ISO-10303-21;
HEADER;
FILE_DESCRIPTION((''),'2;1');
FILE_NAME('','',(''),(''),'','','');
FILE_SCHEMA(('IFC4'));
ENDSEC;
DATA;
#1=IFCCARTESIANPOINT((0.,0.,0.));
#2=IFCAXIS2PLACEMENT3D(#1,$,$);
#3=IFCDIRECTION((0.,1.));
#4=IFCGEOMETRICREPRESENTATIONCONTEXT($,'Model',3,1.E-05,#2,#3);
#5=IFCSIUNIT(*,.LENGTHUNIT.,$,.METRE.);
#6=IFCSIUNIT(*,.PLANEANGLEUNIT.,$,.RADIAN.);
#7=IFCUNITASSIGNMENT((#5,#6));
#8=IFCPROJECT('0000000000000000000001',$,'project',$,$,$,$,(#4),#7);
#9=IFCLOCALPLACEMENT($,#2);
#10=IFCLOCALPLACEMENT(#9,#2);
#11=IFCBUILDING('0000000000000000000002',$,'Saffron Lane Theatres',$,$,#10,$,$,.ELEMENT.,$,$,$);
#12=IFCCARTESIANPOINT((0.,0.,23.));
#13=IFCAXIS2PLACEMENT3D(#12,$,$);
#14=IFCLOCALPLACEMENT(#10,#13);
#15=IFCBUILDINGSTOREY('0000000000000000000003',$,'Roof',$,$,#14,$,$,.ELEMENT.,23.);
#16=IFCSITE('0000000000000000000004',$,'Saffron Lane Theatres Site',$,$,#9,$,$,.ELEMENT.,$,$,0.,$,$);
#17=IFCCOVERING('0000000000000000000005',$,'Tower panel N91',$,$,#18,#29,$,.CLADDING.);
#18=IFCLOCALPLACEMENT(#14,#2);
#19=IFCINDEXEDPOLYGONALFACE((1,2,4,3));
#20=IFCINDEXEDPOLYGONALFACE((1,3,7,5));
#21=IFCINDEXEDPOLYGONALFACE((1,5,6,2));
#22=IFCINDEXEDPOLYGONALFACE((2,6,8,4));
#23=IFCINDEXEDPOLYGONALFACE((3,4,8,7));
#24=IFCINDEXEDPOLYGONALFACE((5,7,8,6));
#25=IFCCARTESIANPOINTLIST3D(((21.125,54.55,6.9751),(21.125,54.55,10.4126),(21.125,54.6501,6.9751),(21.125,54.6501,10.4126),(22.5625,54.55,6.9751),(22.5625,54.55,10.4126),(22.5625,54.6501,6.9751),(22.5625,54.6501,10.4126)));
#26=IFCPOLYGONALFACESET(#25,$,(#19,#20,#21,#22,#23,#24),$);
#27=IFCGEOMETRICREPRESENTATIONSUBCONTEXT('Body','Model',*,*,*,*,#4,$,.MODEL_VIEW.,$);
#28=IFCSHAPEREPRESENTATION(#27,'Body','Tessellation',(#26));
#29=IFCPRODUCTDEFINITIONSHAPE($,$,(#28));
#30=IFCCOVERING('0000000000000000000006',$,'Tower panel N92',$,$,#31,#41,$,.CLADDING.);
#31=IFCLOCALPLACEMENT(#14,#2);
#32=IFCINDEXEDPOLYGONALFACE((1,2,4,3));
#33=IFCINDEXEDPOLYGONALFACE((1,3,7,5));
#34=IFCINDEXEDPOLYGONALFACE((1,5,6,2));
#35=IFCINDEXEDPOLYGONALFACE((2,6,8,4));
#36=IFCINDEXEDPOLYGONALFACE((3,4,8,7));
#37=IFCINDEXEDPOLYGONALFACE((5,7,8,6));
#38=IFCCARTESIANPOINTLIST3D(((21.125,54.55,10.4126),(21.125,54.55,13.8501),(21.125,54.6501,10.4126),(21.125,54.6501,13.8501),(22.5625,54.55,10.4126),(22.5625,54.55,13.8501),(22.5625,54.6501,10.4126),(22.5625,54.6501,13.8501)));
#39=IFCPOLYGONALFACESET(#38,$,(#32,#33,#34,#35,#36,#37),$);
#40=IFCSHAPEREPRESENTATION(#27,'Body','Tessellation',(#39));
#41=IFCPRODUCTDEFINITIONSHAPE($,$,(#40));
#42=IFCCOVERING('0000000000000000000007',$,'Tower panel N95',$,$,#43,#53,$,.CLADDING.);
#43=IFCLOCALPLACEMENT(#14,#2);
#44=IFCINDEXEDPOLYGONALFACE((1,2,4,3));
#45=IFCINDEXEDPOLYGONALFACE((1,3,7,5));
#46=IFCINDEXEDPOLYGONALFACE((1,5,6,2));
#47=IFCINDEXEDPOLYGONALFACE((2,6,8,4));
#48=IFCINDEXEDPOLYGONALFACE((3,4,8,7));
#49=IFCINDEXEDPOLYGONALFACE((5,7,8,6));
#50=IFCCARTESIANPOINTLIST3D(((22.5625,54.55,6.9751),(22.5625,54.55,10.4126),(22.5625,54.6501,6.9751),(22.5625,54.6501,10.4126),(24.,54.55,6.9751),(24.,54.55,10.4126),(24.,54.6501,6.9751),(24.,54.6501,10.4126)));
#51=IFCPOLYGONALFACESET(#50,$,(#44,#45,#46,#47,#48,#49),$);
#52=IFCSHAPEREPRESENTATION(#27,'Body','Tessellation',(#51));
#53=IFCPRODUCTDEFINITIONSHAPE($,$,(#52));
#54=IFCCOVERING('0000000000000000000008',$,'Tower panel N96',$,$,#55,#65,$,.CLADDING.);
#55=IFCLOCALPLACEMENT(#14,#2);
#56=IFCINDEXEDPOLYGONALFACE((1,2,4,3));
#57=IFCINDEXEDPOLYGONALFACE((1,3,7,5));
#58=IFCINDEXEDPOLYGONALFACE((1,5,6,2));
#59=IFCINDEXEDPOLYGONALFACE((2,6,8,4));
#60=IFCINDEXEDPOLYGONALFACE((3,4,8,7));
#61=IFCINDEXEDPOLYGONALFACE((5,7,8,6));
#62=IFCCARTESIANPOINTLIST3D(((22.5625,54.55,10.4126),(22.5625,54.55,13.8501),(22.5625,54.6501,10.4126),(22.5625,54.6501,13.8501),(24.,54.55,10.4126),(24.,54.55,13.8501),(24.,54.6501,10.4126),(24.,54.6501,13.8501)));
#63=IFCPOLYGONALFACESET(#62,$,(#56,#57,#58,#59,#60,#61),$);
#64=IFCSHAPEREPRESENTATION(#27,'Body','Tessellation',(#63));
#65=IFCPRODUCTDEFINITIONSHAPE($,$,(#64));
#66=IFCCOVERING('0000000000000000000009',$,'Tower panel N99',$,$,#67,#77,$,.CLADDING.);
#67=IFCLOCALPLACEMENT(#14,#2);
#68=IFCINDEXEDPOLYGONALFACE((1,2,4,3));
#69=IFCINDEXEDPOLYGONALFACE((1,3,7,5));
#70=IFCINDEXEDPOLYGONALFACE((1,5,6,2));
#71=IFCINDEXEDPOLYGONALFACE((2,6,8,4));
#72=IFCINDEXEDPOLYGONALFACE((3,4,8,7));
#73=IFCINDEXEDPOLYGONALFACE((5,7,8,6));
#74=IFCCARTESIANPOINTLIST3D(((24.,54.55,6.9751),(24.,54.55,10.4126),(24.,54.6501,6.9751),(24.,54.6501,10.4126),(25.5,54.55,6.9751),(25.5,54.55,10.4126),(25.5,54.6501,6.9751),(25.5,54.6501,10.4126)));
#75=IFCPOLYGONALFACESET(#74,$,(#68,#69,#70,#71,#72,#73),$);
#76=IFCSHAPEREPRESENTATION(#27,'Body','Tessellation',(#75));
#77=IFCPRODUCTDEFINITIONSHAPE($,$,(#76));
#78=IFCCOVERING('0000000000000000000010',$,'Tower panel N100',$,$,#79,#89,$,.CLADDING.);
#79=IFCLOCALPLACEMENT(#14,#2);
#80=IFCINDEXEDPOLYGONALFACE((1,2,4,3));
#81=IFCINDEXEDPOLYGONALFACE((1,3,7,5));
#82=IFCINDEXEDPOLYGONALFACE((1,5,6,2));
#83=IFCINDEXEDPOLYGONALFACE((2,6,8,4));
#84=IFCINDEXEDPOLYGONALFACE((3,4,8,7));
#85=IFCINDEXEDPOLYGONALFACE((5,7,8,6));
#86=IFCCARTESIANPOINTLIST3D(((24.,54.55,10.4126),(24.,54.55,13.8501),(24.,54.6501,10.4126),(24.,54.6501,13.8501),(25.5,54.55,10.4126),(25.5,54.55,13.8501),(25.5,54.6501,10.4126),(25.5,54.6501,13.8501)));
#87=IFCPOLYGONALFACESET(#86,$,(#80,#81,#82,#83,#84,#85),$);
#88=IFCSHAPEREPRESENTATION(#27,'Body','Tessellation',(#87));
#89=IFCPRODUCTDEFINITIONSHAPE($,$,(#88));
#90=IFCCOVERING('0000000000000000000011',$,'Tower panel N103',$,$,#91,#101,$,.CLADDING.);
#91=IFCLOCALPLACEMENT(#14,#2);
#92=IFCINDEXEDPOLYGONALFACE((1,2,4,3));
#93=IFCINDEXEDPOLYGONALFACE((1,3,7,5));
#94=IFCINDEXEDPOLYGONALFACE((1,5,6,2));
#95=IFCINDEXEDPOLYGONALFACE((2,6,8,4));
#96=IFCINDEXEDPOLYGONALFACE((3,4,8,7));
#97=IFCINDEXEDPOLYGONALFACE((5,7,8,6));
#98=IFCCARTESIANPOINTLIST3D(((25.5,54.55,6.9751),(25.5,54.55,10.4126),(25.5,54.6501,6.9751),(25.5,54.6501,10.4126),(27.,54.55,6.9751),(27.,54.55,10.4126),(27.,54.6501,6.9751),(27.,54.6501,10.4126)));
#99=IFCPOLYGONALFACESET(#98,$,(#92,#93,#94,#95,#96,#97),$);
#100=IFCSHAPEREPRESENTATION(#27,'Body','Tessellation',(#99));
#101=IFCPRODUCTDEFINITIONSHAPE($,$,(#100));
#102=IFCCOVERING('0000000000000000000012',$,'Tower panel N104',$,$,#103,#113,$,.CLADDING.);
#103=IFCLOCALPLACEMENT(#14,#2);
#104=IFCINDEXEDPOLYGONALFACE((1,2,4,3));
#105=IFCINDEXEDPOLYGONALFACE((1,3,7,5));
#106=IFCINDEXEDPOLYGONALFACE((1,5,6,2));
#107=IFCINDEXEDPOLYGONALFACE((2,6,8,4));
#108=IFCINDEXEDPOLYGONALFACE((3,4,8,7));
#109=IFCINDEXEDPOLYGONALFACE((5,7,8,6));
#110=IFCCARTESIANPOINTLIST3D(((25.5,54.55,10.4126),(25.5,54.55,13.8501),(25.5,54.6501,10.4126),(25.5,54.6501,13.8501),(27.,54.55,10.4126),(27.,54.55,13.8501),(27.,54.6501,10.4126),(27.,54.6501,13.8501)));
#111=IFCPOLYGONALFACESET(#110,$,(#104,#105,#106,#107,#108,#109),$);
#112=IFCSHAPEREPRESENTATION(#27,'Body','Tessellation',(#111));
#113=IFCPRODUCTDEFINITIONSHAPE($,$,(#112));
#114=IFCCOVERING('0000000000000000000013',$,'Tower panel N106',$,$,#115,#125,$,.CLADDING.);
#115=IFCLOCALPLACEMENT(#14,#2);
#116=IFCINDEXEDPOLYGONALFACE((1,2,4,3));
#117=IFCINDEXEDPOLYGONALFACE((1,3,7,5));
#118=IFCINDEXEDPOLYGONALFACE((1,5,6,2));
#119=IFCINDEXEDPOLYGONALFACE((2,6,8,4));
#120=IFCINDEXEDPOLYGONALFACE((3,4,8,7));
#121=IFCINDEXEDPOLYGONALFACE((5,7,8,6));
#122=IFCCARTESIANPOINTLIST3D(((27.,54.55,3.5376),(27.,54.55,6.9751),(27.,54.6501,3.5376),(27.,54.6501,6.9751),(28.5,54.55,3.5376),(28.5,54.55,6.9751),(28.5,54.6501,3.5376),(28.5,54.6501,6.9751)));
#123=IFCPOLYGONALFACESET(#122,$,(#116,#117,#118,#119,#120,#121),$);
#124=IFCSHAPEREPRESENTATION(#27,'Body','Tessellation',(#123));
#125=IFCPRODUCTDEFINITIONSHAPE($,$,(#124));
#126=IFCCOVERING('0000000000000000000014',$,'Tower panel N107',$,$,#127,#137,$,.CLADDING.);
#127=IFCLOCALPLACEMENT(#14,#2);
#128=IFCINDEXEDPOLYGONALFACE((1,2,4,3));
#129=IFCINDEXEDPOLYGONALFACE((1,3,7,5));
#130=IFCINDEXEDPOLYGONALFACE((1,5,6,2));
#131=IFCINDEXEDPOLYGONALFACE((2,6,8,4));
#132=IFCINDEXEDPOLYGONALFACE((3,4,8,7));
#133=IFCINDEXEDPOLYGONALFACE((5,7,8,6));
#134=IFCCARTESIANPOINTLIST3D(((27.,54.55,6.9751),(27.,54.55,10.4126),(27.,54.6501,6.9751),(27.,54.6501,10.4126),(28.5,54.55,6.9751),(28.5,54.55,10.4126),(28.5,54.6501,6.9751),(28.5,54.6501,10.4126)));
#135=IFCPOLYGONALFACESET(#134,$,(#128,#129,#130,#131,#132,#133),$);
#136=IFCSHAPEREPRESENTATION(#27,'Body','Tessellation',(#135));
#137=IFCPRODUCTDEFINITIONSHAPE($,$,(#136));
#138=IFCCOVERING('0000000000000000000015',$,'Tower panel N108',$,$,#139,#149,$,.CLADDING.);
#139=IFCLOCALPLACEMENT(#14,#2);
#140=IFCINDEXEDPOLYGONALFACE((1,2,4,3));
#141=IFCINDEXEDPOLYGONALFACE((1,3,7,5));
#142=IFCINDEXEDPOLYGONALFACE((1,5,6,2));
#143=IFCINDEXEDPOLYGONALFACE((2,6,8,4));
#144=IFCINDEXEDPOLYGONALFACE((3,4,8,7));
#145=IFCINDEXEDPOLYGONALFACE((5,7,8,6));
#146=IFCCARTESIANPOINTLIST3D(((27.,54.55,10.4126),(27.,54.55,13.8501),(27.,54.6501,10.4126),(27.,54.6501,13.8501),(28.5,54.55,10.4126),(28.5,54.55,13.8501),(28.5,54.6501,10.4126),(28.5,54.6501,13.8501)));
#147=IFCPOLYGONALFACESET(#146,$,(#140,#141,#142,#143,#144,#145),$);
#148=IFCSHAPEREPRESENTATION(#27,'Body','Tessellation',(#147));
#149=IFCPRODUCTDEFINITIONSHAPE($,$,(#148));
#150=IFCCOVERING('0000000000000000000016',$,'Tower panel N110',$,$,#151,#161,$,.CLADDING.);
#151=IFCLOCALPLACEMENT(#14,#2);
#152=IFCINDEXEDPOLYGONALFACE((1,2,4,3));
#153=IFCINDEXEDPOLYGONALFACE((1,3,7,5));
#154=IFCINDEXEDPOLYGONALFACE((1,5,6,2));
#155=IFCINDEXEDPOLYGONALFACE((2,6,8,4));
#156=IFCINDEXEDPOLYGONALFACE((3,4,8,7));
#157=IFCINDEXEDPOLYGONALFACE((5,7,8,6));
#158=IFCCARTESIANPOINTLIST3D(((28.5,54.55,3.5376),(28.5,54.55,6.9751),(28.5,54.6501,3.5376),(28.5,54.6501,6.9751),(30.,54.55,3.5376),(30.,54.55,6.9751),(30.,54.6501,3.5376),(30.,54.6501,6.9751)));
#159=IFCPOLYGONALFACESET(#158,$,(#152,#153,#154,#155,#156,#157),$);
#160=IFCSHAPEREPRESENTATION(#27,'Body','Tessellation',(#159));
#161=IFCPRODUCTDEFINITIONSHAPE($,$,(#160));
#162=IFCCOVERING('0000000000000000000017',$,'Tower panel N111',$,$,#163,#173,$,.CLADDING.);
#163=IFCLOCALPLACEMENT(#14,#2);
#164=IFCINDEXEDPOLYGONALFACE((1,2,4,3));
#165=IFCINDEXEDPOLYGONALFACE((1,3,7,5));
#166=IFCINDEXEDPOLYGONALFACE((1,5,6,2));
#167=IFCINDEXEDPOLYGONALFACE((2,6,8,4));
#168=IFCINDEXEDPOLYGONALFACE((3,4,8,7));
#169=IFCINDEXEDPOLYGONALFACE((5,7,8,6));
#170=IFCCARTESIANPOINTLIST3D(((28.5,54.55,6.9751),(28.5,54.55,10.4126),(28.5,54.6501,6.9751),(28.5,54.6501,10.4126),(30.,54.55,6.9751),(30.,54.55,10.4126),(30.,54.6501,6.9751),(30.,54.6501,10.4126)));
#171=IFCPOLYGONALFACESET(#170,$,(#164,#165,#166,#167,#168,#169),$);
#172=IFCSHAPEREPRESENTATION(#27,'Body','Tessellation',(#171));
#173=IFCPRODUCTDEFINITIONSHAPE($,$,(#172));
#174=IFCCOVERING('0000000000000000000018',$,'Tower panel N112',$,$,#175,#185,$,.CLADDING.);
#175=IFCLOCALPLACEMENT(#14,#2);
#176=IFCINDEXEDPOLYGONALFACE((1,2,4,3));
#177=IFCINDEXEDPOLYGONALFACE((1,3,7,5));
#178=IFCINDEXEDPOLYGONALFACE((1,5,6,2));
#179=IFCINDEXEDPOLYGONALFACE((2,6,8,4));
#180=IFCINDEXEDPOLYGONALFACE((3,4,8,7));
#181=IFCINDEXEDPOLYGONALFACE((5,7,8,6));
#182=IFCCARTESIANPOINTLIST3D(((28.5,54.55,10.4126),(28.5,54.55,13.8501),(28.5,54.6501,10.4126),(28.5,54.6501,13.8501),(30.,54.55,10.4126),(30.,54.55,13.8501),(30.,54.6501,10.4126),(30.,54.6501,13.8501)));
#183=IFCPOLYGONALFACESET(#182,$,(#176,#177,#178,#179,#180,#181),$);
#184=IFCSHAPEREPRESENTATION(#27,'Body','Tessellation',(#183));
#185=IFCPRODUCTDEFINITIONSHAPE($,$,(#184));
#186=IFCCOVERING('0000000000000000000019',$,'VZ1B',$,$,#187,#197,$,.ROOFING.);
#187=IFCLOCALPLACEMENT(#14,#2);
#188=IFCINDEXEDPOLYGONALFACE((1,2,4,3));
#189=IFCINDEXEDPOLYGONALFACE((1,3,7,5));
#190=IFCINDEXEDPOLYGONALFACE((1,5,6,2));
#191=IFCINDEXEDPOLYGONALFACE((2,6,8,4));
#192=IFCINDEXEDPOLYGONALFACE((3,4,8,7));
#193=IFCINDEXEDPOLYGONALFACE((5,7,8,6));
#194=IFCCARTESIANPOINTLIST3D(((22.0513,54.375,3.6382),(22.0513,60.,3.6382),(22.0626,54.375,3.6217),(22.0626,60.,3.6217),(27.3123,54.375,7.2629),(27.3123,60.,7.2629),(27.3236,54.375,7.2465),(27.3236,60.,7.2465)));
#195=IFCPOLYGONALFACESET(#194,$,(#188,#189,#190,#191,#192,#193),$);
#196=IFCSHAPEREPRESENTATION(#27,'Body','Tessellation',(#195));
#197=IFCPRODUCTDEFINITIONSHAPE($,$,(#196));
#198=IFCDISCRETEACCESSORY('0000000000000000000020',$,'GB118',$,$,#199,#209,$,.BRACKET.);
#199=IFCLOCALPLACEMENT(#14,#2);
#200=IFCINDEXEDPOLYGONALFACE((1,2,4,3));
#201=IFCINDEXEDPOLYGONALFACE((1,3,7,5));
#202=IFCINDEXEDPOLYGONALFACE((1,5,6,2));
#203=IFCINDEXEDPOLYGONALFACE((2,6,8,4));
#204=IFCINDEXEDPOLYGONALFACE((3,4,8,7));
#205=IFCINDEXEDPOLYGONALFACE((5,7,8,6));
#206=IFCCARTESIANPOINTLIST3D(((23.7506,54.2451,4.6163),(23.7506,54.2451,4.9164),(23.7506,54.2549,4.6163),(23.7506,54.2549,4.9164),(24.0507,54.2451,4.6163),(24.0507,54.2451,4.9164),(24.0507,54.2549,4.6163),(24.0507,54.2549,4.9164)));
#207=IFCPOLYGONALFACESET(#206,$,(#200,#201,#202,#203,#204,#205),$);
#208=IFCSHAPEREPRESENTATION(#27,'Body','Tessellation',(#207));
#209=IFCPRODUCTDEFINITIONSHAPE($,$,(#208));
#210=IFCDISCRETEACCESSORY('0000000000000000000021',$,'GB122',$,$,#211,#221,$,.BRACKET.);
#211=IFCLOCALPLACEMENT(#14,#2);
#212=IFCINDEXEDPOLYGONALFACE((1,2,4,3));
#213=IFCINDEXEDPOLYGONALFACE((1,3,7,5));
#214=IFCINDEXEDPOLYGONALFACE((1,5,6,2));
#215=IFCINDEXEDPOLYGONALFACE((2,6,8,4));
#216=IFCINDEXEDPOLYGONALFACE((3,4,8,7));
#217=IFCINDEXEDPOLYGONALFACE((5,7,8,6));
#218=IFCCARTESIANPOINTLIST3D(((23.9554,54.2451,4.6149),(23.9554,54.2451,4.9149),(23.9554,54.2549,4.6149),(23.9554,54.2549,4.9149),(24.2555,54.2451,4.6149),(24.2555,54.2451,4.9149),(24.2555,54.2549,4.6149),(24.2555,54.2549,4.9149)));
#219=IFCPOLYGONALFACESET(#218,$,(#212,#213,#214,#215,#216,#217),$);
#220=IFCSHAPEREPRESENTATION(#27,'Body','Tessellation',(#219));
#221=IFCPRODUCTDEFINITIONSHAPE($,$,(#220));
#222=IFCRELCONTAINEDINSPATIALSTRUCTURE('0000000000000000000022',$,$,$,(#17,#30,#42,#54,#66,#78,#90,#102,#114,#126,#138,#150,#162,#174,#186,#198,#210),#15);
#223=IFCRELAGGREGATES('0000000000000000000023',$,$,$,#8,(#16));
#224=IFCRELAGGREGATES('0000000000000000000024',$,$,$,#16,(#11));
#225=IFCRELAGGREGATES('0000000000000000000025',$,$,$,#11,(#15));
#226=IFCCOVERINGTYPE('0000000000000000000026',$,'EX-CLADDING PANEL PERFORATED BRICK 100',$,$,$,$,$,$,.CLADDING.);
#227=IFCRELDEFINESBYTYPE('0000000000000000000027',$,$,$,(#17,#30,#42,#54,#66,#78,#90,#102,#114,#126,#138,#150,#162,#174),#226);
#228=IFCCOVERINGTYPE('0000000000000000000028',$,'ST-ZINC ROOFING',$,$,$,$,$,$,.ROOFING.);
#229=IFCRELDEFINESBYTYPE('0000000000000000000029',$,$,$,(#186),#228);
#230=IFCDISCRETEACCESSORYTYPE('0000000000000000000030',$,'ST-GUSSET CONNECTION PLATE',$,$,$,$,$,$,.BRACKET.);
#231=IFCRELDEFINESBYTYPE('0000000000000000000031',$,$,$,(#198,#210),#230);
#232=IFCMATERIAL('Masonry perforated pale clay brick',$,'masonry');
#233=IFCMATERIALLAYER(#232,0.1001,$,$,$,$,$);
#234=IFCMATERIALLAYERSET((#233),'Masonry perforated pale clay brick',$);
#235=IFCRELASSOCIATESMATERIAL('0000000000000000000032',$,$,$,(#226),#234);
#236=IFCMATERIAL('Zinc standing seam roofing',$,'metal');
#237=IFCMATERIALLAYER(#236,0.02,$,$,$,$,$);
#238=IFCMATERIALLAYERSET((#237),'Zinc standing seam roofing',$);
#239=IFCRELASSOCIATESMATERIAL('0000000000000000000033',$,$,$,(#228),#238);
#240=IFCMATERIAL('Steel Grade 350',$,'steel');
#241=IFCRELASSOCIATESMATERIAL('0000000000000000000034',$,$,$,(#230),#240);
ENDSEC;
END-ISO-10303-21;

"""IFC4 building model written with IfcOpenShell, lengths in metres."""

from ifc_helpers import new_model, si_unit, direction, frame, origin, origin_2d, place, context, subcontext, project, spatial, polyline, rectangle, outline, extrude, material, layer, layer_set, material_profile, profile_set, type_object, element, save


model = new_model("IFC4")

# Units and contexts
model_context = context("Model", 3, precision=1e-05, world=origin(), true_north=direction((0.0, 1.0)))
body_context = subcontext(model_context, "Body", "Model", "MODEL_VIEW")
ifc_project = project(units=[si_unit("LENGTHUNIT", "METRE"), si_unit("PLANEANGLEUNIT", "RADIAN")], contexts=[model_context])

# Site, building, storey
site_placement = place(None, origin())
site = spatial("IfcSite", under=ifc_project, at=site_placement, Name="Saffron Lane Theatres Site", CompositionType="ELEMENT", RefElevation=0.0)
building_placement = place(site_placement, origin())
building = spatial("IfcBuilding", under=site, at=building_placement, Name="Saffron Lane Theatres", CompositionType="ELEMENT")
storey_placement = place(building_placement, frame((0.0, 0.0, 23.0)))
storey = spatial("IfcBuildingStorey", under=building, at=storey_placement, Name="Roof", CompositionType="ELEMENT", Elevation=23.0)

# Coverings
ifc_material_1 = material(Name="Masonry perforated pale clay brick", Category="masonry")
ifc_layer_1 = layer(ifc_material_1, 0.1001)
ifc_layer_set_1 = layer_set([ifc_layer_1], Name="Masonry perforated pale clay brick")
covering_type_1 = type_object("IfcCoveringType", Name="EX-CLADDING PANEL PERFORATED BRICK 100", PredefinedType="CLADDING", material=ifc_layer_set_1)
for number, where, z_axis, x_axis, name in (
    (1, (21.8438, 54.6001, 6.9751), (0.0, 0.0, 1.0), (1.0, 0.0, 0.0), "Tower panel N91"),
    (2, (21.8438, 54.6001, 10.4126), (0.0, 0.0, 1.0), (1.0, 0.0, 0.0), "Tower panel N92"),
    (3, (23.2812, 54.6001, 6.9751), (0.0, 0.0, 1.0), (1.0, 0.0, 0.0), "Tower panel N95"),
    (4, (23.2812, 54.6001, 10.4126), (0.0, 0.0, 1.0), (1.0, 0.0, 0.0), "Tower panel N96"),
):
    element("IfcCovering", number, at=place(storey_placement, frame(where, z_axis=z_axis, x_axis=x_axis)), inside=storey, type_object=covering_type_1, Name=name, PredefinedType="CLADDING", context=body_context, shape_type="SweptSolid", body=[
        extrude(rectangle(XDim=1.4375, YDim=0.1001, at=origin_2d()), origin(), (0.0, 0.0, 1.0), 3.4375),
    ])
for number, where, z_axis, x_axis, name in (
    (5, (24.75, 54.6001, 6.9751), (0.0, 0.0, 1.0), (1.0, 0.0, 0.0), "Tower panel N99"),
    (6, (24.75, 54.6001, 10.4126), (0.0, 0.0, 1.0), (1.0, 0.0, 0.0), "Tower panel N100"),
    (7, (26.25, 54.6001, 6.9751), (0.0, 0.0, 1.0), (1.0, 0.0, 0.0), "Tower panel N103"),
    (8, (26.25, 54.6001, 10.4126), (0.0, 0.0, 1.0), (1.0, 0.0, 0.0), "Tower panel N104"),
    (9, (27.75, 54.6001, 3.5376), (0.0, 0.0, 1.0), (1.0, 0.0, 0.0), "Tower panel N106"),
    (10, (27.75, 54.6001, 6.9751), (0.0, 0.0, 1.0), (1.0, 0.0, 0.0), "Tower panel N107"),
    (11, (27.75, 54.6001, 10.4126), (0.0, 0.0, 1.0), (1.0, 0.0, 0.0), "Tower panel N108"),
    (12, (29.25, 54.6001, 3.5376), (0.0, 0.0, 1.0), (1.0, 0.0, 0.0), "Tower panel N110"),
    (13, (29.25, 54.6001, 6.9751), (0.0, 0.0, 1.0), (1.0, 0.0, 0.0), "Tower panel N111"),
    (14, (29.25, 54.6001, 10.4126), (0.0, 0.0, 1.0), (1.0, 0.0, 0.0), "Tower panel N112"),
):
    element("IfcCovering", number, at=place(storey_placement, frame(where, z_axis=z_axis, x_axis=x_axis)), inside=storey, type_object=covering_type_1, Name=name, PredefinedType="CLADDING", context=body_context, shape_type="SweptSolid", body=[
        extrude(rectangle(XDim=1.5, YDim=0.1001, at=origin_2d()), origin(), (0.0, 0.0, 1.0), 3.4375),
    ])
ifc_material_2 = material(Name="Zinc standing seam roofing", Category="metal")
ifc_layer_2 = layer(ifc_material_2, 0.02)
ifc_layer_set_2 = layer_set([ifc_layer_2], Name="Zinc standing seam roofing")
covering_type_2 = type_object("IfcCoveringType", Name="ST-ZINC ROOFING", PredefinedType="ROOFING", material=ifc_layer_set_2)
covering_placement = place(storey_placement, frame((22.0513, 54.375, 3.6382), z_axis=(-0.567361, 0.0, 0.82347), x_axis=(0.82347, 0.0, 0.567361)))
element("IfcCovering", 15, at=covering_placement, inside=storey, type_object=covering_type_2, Name="VZ1B", PredefinedType="ROOFING", context=body_context, shape_type="SweptSolid", body=[
    extrude(outline(polyline([(0.0, 0.0), (6.3888, 0.0), (6.3888, 5.625), (0.0, 5.625), (0.0, 0.0)])), origin(), (0.0, 0.0, -1.0), 0.02),
])

# Discrete accessories
ifc_material_3 = material(Name="Steel Grade 350", Category="steel")
ifc_material_profile_1 = material_profile(ifc_material_3, rectangle(XDim=0.3, YDim=0.3, at=origin_2d()))
ifc_profile_set_1 = profile_set([ifc_material_profile_1], Name="Steel Grade 350")
discrete_accessory_type_1 = type_object("IfcDiscreteAccessoryType", Name="ST-GUSSET CONNECTION PLATE", PredefinedType="BRACKET", material=ifc_profile_set_1)
for number, where, z_axis, x_axis, name in (
    (16, (23.9006, 54.2451, 4.7664), (0.0, 1.0, 0.0), (-1.0, 0.0, 0.0), "GB118"),
    (17, (24.1055, 54.2451, 4.7649), (0.0, 1.0, 0.0), (-1.0, 0.0, 0.0), "GB122"),
):
    element("IfcDiscreteAccessory", number, at=place(storey_placement, frame(where, z_axis=z_axis, x_axis=x_axis)), inside=storey, type_object=discrete_accessory_type_1, Name=name, PredefinedType="BRACKET", context=body_context, shape_type="SweptSolid", body=[
        extrude(rectangle(XDim=0.3, YDim=0.3, at=origin_2d()), origin(), (0.0, 0.0, 1.0), 0.0098),
    ])

save(model, "model.ifc")
